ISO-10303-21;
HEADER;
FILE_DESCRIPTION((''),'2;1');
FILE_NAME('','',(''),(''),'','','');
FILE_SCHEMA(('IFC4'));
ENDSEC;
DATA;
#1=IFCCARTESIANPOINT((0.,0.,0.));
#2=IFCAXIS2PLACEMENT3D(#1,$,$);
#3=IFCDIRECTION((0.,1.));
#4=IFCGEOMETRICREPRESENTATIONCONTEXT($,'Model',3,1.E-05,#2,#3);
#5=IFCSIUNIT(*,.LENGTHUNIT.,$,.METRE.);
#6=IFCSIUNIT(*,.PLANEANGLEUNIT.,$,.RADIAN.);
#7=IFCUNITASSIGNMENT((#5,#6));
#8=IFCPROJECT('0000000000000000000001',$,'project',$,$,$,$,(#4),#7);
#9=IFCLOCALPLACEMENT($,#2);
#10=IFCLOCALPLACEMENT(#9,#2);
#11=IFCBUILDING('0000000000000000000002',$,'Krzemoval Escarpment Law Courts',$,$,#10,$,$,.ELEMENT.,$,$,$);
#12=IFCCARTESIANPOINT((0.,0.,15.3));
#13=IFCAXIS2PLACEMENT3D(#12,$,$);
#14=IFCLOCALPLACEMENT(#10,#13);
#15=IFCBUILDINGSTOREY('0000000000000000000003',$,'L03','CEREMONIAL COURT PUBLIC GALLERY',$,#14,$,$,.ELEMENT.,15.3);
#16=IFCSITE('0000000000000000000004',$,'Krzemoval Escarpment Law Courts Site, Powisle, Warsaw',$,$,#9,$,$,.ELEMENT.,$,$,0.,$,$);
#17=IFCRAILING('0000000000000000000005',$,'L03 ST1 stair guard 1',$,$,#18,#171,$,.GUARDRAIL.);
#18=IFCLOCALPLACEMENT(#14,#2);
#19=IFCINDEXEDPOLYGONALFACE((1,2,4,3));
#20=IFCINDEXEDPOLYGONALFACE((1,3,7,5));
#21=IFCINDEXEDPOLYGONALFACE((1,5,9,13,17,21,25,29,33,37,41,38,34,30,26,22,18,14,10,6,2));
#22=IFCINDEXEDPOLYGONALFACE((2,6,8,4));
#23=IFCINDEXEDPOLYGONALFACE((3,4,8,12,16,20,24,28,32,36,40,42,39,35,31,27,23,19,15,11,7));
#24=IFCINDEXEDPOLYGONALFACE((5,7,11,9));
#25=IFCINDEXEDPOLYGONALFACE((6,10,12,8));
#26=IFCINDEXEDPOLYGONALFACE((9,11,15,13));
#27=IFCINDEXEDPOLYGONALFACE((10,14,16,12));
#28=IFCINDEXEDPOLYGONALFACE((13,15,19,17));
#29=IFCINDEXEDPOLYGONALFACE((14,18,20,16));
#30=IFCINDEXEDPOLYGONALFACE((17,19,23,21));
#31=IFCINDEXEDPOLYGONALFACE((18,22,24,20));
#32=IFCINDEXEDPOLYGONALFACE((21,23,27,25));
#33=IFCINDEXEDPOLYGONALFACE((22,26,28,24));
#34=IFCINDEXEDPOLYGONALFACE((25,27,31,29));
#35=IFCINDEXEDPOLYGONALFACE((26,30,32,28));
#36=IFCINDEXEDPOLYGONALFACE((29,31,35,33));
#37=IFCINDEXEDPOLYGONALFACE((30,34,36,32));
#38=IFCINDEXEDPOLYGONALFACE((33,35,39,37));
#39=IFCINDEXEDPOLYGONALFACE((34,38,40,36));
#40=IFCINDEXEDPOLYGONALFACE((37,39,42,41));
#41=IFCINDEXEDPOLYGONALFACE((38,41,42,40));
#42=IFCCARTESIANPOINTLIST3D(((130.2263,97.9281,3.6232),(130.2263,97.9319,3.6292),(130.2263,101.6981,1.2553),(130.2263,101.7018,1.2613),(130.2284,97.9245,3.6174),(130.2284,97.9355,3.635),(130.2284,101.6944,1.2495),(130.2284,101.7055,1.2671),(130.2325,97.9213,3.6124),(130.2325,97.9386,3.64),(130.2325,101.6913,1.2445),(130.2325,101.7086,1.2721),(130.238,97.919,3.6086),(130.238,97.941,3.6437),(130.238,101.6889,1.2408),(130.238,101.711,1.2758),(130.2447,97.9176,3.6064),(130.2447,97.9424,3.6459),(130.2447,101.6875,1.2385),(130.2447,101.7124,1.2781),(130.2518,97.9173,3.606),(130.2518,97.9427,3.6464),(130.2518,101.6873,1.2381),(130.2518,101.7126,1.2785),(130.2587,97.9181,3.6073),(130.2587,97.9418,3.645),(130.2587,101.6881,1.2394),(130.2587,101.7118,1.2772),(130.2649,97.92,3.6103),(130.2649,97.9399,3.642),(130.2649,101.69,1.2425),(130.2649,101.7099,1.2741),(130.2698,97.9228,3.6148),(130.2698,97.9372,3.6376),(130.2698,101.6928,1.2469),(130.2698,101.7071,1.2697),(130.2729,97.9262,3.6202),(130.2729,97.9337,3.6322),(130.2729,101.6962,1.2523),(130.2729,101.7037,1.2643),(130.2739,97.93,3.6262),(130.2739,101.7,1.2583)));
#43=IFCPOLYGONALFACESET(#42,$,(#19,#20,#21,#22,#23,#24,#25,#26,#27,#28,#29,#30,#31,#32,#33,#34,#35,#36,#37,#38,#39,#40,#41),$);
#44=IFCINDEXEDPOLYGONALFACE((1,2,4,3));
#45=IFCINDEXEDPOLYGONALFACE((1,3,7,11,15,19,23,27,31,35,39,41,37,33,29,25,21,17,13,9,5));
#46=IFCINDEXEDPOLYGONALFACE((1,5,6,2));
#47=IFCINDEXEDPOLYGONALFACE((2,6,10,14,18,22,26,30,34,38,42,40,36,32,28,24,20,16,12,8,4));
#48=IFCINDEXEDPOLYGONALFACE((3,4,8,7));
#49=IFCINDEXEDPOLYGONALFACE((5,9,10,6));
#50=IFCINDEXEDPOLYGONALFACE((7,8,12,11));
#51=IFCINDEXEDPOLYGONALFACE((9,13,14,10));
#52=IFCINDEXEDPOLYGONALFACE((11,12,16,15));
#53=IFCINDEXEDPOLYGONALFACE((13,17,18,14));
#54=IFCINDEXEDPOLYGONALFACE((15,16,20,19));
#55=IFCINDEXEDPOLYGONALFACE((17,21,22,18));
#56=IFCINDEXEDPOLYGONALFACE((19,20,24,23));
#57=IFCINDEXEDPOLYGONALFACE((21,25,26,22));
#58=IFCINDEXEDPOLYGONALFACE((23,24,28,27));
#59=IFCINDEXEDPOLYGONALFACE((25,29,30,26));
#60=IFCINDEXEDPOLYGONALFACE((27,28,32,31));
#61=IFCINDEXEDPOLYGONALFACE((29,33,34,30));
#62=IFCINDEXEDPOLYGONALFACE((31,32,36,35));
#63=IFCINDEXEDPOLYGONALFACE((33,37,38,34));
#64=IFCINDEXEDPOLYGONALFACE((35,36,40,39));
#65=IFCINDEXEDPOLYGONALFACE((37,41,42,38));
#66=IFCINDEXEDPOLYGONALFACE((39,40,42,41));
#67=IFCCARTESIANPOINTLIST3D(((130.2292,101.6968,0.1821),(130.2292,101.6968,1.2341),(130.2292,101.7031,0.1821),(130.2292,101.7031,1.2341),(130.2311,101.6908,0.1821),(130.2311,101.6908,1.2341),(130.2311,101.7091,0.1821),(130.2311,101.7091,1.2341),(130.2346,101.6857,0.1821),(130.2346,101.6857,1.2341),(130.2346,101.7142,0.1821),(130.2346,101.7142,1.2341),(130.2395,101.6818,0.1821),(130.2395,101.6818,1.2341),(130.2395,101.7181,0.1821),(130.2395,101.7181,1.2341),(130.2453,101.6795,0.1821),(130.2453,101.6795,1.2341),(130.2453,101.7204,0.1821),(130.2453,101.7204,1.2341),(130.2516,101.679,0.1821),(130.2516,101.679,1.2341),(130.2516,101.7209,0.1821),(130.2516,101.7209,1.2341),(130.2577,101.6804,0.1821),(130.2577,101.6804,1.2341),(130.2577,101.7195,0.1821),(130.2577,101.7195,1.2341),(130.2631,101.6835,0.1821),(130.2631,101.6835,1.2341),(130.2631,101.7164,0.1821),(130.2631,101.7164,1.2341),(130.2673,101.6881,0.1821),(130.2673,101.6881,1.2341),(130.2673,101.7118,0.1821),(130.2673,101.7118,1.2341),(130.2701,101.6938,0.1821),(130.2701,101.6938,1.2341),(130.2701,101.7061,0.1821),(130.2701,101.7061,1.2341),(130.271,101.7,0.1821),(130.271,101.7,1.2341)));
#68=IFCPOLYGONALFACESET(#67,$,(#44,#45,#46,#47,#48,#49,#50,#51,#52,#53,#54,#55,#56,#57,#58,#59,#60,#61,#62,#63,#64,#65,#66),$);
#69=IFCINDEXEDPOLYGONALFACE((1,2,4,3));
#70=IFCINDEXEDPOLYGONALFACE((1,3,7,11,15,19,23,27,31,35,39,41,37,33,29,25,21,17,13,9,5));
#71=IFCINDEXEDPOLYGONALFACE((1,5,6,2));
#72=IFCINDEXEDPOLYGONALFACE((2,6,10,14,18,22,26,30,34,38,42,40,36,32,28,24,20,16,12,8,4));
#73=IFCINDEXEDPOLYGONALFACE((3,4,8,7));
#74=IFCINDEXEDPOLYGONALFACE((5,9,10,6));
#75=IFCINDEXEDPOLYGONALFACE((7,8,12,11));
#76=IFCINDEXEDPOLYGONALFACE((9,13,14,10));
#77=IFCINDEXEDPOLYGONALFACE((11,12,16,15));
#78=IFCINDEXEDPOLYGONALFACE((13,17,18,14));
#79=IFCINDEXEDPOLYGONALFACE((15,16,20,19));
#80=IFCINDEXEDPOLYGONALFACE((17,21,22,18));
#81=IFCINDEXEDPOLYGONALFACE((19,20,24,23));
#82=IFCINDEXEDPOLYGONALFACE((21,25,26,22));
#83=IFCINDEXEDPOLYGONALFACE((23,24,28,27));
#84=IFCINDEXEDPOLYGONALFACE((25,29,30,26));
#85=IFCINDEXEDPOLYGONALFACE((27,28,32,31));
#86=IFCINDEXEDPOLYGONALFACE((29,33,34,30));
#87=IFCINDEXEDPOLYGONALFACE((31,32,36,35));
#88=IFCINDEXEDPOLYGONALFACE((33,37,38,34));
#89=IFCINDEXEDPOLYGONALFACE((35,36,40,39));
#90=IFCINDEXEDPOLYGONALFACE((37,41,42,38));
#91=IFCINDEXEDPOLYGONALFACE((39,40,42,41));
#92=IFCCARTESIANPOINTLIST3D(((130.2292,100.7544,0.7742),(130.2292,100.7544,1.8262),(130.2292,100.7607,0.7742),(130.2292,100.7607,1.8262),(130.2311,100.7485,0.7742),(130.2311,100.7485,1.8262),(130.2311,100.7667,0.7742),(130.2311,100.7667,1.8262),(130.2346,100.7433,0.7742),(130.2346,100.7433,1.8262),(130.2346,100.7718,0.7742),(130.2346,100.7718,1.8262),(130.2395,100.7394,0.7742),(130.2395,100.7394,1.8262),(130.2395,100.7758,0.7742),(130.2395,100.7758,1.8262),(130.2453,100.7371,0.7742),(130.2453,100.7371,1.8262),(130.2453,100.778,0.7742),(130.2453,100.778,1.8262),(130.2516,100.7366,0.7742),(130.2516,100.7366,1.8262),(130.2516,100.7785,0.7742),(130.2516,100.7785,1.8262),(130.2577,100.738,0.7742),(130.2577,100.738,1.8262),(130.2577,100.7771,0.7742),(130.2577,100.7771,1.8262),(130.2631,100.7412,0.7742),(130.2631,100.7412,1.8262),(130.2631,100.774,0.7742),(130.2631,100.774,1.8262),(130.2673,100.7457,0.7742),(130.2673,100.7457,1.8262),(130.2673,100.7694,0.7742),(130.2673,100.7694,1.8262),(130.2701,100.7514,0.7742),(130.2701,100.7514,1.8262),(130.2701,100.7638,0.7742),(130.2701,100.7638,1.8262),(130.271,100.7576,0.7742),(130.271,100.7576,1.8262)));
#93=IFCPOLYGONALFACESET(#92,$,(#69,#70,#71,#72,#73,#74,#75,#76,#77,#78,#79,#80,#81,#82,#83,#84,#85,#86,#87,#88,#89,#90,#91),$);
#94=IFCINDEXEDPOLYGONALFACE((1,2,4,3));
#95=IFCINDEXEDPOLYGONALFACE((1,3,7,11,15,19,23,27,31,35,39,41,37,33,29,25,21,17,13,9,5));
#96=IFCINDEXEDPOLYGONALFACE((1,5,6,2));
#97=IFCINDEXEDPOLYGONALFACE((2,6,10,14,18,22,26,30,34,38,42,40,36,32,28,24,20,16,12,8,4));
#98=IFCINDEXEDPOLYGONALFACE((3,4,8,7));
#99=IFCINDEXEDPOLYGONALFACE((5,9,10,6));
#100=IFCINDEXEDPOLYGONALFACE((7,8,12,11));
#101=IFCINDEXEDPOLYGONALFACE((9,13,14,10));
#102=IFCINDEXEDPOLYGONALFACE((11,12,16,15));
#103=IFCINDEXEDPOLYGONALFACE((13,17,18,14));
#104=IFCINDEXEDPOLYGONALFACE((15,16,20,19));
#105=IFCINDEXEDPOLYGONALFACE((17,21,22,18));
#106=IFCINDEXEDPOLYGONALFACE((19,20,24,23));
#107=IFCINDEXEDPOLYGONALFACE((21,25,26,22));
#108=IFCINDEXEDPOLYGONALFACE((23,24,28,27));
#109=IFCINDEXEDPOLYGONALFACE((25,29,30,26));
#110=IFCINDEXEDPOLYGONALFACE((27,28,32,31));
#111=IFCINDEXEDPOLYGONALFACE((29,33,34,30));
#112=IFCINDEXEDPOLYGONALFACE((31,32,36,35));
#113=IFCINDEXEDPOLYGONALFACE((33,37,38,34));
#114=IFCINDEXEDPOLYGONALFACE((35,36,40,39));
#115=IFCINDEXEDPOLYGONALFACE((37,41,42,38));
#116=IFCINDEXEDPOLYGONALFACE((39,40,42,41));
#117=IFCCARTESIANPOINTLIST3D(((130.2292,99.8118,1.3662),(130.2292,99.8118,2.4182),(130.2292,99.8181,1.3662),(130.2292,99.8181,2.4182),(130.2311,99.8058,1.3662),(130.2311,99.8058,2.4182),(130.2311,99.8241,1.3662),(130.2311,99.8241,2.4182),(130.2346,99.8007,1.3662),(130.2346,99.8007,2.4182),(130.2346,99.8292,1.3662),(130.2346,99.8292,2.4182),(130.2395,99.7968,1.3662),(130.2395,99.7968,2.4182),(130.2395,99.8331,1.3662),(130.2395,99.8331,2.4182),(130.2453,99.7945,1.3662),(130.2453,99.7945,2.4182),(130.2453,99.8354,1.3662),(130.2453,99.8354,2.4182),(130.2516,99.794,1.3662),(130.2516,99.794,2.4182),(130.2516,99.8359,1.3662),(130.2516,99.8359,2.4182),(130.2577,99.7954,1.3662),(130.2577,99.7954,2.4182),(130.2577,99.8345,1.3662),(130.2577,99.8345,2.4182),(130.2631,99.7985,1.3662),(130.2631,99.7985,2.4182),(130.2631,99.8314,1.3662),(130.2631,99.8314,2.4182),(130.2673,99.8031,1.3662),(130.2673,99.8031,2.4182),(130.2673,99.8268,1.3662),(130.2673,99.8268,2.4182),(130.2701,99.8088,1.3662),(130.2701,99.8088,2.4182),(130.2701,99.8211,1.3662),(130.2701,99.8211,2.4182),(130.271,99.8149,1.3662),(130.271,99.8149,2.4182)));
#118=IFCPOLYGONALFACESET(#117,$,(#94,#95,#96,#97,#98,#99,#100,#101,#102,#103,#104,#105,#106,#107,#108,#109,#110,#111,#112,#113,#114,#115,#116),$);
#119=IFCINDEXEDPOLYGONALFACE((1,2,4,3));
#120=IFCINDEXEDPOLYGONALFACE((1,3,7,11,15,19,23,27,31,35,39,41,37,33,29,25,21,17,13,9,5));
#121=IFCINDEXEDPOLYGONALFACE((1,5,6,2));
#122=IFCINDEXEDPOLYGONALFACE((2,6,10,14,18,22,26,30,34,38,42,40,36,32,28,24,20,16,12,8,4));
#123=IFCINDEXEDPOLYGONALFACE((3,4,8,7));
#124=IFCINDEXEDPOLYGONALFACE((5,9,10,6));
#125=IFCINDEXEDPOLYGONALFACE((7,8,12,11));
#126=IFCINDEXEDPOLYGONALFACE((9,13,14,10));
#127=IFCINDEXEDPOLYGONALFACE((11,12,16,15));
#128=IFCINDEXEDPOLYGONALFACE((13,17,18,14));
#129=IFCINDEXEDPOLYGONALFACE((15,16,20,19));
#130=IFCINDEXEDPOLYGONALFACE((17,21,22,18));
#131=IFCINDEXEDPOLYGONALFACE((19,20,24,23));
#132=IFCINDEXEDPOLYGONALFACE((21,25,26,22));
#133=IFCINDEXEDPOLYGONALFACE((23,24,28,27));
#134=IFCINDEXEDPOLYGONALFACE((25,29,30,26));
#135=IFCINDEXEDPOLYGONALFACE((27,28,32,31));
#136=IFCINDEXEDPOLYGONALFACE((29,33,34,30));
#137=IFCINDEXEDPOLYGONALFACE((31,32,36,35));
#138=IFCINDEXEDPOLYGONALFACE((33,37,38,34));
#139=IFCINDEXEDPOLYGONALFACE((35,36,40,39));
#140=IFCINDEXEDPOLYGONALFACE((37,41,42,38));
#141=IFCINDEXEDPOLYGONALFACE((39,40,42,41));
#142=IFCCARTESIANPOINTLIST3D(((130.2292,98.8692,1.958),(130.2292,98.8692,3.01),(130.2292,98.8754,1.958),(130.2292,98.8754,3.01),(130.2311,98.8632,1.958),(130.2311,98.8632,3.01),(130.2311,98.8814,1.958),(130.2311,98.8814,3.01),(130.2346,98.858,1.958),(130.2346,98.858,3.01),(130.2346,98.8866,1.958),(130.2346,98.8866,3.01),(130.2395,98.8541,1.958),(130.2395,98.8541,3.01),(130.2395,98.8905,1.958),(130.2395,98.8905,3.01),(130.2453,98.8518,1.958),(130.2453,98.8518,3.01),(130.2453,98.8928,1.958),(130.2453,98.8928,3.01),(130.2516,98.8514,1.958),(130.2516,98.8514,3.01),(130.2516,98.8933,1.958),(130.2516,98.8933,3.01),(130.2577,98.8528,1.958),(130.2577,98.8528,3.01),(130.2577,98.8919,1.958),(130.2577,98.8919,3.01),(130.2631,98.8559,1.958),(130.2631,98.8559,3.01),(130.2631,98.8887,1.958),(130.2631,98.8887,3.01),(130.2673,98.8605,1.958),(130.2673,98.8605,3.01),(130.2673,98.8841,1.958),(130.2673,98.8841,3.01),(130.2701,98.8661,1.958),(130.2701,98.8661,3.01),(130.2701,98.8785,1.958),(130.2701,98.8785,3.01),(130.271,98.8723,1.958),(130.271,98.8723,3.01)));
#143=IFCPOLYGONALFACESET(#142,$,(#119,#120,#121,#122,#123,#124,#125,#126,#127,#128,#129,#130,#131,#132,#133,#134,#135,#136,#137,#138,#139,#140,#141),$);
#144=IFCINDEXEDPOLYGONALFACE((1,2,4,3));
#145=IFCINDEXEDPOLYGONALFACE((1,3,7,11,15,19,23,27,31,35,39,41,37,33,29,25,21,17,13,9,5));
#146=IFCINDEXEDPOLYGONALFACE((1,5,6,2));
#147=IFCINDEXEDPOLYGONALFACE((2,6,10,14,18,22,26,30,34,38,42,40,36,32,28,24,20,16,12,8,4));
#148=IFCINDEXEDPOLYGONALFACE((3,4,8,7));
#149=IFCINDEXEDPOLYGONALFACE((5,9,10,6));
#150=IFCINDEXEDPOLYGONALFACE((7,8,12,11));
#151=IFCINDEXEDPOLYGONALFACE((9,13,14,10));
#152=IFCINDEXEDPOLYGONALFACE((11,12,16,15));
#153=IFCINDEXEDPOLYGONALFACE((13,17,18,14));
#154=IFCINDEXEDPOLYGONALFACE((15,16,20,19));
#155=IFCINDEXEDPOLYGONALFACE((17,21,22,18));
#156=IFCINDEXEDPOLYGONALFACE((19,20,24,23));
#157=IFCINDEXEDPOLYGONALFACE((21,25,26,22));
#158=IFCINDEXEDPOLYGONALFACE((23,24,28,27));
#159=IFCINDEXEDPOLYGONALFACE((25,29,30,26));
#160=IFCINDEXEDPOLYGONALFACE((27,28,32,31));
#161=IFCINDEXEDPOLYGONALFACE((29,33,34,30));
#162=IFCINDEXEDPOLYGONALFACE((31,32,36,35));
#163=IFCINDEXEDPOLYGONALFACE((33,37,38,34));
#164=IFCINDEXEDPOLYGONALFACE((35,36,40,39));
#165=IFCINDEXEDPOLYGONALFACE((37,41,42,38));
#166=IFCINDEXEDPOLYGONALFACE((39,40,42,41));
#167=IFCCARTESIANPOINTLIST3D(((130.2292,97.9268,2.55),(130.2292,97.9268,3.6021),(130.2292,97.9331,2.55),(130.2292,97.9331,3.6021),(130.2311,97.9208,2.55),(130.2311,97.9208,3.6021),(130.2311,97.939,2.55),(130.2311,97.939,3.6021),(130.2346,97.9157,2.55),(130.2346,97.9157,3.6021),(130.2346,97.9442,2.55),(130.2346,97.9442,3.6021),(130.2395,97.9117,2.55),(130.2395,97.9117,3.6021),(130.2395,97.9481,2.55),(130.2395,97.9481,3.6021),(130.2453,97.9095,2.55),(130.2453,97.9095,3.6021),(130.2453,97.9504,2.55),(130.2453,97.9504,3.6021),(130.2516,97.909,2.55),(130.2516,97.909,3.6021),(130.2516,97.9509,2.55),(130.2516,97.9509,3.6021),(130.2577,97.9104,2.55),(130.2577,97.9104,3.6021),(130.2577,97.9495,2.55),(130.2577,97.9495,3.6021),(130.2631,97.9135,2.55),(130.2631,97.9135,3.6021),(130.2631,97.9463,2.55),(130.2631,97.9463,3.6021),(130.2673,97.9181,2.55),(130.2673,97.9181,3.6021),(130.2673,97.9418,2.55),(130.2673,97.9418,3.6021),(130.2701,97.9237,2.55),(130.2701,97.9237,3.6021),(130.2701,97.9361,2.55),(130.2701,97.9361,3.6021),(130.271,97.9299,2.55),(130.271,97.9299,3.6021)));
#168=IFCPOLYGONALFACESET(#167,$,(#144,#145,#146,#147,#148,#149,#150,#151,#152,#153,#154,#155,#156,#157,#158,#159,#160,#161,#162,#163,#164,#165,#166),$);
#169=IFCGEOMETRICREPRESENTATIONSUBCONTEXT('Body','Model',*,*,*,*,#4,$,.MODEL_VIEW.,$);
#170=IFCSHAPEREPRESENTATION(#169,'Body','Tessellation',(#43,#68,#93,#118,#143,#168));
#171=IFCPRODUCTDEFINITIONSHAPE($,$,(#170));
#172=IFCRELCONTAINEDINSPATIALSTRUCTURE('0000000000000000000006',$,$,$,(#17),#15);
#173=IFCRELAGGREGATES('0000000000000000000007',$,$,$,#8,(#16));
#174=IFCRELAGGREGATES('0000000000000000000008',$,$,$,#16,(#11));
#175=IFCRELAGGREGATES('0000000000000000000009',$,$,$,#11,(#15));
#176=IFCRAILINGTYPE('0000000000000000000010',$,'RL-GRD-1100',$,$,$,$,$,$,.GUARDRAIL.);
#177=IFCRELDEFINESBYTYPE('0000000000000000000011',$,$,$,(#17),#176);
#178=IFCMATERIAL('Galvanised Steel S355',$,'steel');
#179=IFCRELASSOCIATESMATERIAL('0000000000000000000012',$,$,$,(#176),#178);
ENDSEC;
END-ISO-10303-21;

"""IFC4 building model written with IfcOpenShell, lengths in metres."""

from ifc_helpers import new_model, si_unit, direction, frame, origin, origin_2d, place, context, subcontext, project, spatial, circle, extrude, material, type_object, element, save


model = new_model("IFC4")

# Units and contexts
model_context = context("Model", 3, precision=1e-05, world=origin(), true_north=direction((0.0, 1.0)))
body_context = subcontext(model_context, "Body", "Model", "MODEL_VIEW")
ifc_project = project(units=[si_unit("LENGTHUNIT", "METRE"), si_unit("PLANEANGLEUNIT", "RADIAN")], contexts=[model_context])

# Site, building, storey
site_placement = place(None, origin())
site = spatial("IfcSite", under=ifc_project, at=site_placement, Name="Krzemoval Escarpment Law Courts Site, Powisle, Warsaw", CompositionType="ELEMENT", RefElevation=0.0)
building_placement = place(site_placement, origin())
building = spatial("IfcBuilding", under=site, at=building_placement, Name="Krzemoval Escarpment Law Courts", CompositionType="ELEMENT")
storey_placement = place(building_placement, frame((0.0, 0.0, 15.3)))
storey = spatial("IfcBuildingStorey", under=building, at=storey_placement, Name="L03", Description="CEREMONIAL COURT PUBLIC GALLERY", CompositionType="ELEMENT", Elevation=15.3)

# Railing
ifc_material_1 = material(Name="Galvanised Steel S355", Category="steel")
railing_type = type_object("IfcRailingType", Name="RL-GRD-1100", PredefinedType="GUARDRAIL", material=ifc_material_1)
railing_1_placement = place(storey_placement, frame((130.25, 101.7, 0.1821)))
element("IfcRailing", 1, at=railing_1_placement, inside=storey, type_object=railing_type, Name="L03 ST1 stair guard 1", PredefinedType="GUARDRAIL", context=body_context, shape_type="SweptSolid", body=[
    extrude(circle(Radius=0.0239, at=origin_2d()), frame((0.0, 0.0, 1.0762), z_axis=(0.0, -0.846819, 0.531881), x_axis=(1.0, 0.0, 0.0)), (0.0, 0.0, 1.0), 4.4519),
    extrude(circle(Radius=0.021, at=origin_2d()), origin(), (0.0, 0.0, 1.0), 1.052),
    extrude(circle(Radius=0.021, at=origin_2d()), frame((0.0, -0.9424, 0.592)), (0.0, 0.0, 1.0), 1.052),
    extrude(circle(Radius=0.021, at=origin_2d()), frame((0.0, -1.885, 1.1841)), (0.0, 0.0, 1.0), 1.052),
    extrude(circle(Radius=0.021, at=origin_2d()), frame((0.0, -2.8276, 1.7759)), (0.0, 0.0, 1.0), 1.052),
    extrude(circle(Radius=0.021, at=origin_2d()), frame((0.0, -3.77, 2.3679)), (0.0, 0.0, 1.0), 1.052),
])

save(model, "model.ifc")
